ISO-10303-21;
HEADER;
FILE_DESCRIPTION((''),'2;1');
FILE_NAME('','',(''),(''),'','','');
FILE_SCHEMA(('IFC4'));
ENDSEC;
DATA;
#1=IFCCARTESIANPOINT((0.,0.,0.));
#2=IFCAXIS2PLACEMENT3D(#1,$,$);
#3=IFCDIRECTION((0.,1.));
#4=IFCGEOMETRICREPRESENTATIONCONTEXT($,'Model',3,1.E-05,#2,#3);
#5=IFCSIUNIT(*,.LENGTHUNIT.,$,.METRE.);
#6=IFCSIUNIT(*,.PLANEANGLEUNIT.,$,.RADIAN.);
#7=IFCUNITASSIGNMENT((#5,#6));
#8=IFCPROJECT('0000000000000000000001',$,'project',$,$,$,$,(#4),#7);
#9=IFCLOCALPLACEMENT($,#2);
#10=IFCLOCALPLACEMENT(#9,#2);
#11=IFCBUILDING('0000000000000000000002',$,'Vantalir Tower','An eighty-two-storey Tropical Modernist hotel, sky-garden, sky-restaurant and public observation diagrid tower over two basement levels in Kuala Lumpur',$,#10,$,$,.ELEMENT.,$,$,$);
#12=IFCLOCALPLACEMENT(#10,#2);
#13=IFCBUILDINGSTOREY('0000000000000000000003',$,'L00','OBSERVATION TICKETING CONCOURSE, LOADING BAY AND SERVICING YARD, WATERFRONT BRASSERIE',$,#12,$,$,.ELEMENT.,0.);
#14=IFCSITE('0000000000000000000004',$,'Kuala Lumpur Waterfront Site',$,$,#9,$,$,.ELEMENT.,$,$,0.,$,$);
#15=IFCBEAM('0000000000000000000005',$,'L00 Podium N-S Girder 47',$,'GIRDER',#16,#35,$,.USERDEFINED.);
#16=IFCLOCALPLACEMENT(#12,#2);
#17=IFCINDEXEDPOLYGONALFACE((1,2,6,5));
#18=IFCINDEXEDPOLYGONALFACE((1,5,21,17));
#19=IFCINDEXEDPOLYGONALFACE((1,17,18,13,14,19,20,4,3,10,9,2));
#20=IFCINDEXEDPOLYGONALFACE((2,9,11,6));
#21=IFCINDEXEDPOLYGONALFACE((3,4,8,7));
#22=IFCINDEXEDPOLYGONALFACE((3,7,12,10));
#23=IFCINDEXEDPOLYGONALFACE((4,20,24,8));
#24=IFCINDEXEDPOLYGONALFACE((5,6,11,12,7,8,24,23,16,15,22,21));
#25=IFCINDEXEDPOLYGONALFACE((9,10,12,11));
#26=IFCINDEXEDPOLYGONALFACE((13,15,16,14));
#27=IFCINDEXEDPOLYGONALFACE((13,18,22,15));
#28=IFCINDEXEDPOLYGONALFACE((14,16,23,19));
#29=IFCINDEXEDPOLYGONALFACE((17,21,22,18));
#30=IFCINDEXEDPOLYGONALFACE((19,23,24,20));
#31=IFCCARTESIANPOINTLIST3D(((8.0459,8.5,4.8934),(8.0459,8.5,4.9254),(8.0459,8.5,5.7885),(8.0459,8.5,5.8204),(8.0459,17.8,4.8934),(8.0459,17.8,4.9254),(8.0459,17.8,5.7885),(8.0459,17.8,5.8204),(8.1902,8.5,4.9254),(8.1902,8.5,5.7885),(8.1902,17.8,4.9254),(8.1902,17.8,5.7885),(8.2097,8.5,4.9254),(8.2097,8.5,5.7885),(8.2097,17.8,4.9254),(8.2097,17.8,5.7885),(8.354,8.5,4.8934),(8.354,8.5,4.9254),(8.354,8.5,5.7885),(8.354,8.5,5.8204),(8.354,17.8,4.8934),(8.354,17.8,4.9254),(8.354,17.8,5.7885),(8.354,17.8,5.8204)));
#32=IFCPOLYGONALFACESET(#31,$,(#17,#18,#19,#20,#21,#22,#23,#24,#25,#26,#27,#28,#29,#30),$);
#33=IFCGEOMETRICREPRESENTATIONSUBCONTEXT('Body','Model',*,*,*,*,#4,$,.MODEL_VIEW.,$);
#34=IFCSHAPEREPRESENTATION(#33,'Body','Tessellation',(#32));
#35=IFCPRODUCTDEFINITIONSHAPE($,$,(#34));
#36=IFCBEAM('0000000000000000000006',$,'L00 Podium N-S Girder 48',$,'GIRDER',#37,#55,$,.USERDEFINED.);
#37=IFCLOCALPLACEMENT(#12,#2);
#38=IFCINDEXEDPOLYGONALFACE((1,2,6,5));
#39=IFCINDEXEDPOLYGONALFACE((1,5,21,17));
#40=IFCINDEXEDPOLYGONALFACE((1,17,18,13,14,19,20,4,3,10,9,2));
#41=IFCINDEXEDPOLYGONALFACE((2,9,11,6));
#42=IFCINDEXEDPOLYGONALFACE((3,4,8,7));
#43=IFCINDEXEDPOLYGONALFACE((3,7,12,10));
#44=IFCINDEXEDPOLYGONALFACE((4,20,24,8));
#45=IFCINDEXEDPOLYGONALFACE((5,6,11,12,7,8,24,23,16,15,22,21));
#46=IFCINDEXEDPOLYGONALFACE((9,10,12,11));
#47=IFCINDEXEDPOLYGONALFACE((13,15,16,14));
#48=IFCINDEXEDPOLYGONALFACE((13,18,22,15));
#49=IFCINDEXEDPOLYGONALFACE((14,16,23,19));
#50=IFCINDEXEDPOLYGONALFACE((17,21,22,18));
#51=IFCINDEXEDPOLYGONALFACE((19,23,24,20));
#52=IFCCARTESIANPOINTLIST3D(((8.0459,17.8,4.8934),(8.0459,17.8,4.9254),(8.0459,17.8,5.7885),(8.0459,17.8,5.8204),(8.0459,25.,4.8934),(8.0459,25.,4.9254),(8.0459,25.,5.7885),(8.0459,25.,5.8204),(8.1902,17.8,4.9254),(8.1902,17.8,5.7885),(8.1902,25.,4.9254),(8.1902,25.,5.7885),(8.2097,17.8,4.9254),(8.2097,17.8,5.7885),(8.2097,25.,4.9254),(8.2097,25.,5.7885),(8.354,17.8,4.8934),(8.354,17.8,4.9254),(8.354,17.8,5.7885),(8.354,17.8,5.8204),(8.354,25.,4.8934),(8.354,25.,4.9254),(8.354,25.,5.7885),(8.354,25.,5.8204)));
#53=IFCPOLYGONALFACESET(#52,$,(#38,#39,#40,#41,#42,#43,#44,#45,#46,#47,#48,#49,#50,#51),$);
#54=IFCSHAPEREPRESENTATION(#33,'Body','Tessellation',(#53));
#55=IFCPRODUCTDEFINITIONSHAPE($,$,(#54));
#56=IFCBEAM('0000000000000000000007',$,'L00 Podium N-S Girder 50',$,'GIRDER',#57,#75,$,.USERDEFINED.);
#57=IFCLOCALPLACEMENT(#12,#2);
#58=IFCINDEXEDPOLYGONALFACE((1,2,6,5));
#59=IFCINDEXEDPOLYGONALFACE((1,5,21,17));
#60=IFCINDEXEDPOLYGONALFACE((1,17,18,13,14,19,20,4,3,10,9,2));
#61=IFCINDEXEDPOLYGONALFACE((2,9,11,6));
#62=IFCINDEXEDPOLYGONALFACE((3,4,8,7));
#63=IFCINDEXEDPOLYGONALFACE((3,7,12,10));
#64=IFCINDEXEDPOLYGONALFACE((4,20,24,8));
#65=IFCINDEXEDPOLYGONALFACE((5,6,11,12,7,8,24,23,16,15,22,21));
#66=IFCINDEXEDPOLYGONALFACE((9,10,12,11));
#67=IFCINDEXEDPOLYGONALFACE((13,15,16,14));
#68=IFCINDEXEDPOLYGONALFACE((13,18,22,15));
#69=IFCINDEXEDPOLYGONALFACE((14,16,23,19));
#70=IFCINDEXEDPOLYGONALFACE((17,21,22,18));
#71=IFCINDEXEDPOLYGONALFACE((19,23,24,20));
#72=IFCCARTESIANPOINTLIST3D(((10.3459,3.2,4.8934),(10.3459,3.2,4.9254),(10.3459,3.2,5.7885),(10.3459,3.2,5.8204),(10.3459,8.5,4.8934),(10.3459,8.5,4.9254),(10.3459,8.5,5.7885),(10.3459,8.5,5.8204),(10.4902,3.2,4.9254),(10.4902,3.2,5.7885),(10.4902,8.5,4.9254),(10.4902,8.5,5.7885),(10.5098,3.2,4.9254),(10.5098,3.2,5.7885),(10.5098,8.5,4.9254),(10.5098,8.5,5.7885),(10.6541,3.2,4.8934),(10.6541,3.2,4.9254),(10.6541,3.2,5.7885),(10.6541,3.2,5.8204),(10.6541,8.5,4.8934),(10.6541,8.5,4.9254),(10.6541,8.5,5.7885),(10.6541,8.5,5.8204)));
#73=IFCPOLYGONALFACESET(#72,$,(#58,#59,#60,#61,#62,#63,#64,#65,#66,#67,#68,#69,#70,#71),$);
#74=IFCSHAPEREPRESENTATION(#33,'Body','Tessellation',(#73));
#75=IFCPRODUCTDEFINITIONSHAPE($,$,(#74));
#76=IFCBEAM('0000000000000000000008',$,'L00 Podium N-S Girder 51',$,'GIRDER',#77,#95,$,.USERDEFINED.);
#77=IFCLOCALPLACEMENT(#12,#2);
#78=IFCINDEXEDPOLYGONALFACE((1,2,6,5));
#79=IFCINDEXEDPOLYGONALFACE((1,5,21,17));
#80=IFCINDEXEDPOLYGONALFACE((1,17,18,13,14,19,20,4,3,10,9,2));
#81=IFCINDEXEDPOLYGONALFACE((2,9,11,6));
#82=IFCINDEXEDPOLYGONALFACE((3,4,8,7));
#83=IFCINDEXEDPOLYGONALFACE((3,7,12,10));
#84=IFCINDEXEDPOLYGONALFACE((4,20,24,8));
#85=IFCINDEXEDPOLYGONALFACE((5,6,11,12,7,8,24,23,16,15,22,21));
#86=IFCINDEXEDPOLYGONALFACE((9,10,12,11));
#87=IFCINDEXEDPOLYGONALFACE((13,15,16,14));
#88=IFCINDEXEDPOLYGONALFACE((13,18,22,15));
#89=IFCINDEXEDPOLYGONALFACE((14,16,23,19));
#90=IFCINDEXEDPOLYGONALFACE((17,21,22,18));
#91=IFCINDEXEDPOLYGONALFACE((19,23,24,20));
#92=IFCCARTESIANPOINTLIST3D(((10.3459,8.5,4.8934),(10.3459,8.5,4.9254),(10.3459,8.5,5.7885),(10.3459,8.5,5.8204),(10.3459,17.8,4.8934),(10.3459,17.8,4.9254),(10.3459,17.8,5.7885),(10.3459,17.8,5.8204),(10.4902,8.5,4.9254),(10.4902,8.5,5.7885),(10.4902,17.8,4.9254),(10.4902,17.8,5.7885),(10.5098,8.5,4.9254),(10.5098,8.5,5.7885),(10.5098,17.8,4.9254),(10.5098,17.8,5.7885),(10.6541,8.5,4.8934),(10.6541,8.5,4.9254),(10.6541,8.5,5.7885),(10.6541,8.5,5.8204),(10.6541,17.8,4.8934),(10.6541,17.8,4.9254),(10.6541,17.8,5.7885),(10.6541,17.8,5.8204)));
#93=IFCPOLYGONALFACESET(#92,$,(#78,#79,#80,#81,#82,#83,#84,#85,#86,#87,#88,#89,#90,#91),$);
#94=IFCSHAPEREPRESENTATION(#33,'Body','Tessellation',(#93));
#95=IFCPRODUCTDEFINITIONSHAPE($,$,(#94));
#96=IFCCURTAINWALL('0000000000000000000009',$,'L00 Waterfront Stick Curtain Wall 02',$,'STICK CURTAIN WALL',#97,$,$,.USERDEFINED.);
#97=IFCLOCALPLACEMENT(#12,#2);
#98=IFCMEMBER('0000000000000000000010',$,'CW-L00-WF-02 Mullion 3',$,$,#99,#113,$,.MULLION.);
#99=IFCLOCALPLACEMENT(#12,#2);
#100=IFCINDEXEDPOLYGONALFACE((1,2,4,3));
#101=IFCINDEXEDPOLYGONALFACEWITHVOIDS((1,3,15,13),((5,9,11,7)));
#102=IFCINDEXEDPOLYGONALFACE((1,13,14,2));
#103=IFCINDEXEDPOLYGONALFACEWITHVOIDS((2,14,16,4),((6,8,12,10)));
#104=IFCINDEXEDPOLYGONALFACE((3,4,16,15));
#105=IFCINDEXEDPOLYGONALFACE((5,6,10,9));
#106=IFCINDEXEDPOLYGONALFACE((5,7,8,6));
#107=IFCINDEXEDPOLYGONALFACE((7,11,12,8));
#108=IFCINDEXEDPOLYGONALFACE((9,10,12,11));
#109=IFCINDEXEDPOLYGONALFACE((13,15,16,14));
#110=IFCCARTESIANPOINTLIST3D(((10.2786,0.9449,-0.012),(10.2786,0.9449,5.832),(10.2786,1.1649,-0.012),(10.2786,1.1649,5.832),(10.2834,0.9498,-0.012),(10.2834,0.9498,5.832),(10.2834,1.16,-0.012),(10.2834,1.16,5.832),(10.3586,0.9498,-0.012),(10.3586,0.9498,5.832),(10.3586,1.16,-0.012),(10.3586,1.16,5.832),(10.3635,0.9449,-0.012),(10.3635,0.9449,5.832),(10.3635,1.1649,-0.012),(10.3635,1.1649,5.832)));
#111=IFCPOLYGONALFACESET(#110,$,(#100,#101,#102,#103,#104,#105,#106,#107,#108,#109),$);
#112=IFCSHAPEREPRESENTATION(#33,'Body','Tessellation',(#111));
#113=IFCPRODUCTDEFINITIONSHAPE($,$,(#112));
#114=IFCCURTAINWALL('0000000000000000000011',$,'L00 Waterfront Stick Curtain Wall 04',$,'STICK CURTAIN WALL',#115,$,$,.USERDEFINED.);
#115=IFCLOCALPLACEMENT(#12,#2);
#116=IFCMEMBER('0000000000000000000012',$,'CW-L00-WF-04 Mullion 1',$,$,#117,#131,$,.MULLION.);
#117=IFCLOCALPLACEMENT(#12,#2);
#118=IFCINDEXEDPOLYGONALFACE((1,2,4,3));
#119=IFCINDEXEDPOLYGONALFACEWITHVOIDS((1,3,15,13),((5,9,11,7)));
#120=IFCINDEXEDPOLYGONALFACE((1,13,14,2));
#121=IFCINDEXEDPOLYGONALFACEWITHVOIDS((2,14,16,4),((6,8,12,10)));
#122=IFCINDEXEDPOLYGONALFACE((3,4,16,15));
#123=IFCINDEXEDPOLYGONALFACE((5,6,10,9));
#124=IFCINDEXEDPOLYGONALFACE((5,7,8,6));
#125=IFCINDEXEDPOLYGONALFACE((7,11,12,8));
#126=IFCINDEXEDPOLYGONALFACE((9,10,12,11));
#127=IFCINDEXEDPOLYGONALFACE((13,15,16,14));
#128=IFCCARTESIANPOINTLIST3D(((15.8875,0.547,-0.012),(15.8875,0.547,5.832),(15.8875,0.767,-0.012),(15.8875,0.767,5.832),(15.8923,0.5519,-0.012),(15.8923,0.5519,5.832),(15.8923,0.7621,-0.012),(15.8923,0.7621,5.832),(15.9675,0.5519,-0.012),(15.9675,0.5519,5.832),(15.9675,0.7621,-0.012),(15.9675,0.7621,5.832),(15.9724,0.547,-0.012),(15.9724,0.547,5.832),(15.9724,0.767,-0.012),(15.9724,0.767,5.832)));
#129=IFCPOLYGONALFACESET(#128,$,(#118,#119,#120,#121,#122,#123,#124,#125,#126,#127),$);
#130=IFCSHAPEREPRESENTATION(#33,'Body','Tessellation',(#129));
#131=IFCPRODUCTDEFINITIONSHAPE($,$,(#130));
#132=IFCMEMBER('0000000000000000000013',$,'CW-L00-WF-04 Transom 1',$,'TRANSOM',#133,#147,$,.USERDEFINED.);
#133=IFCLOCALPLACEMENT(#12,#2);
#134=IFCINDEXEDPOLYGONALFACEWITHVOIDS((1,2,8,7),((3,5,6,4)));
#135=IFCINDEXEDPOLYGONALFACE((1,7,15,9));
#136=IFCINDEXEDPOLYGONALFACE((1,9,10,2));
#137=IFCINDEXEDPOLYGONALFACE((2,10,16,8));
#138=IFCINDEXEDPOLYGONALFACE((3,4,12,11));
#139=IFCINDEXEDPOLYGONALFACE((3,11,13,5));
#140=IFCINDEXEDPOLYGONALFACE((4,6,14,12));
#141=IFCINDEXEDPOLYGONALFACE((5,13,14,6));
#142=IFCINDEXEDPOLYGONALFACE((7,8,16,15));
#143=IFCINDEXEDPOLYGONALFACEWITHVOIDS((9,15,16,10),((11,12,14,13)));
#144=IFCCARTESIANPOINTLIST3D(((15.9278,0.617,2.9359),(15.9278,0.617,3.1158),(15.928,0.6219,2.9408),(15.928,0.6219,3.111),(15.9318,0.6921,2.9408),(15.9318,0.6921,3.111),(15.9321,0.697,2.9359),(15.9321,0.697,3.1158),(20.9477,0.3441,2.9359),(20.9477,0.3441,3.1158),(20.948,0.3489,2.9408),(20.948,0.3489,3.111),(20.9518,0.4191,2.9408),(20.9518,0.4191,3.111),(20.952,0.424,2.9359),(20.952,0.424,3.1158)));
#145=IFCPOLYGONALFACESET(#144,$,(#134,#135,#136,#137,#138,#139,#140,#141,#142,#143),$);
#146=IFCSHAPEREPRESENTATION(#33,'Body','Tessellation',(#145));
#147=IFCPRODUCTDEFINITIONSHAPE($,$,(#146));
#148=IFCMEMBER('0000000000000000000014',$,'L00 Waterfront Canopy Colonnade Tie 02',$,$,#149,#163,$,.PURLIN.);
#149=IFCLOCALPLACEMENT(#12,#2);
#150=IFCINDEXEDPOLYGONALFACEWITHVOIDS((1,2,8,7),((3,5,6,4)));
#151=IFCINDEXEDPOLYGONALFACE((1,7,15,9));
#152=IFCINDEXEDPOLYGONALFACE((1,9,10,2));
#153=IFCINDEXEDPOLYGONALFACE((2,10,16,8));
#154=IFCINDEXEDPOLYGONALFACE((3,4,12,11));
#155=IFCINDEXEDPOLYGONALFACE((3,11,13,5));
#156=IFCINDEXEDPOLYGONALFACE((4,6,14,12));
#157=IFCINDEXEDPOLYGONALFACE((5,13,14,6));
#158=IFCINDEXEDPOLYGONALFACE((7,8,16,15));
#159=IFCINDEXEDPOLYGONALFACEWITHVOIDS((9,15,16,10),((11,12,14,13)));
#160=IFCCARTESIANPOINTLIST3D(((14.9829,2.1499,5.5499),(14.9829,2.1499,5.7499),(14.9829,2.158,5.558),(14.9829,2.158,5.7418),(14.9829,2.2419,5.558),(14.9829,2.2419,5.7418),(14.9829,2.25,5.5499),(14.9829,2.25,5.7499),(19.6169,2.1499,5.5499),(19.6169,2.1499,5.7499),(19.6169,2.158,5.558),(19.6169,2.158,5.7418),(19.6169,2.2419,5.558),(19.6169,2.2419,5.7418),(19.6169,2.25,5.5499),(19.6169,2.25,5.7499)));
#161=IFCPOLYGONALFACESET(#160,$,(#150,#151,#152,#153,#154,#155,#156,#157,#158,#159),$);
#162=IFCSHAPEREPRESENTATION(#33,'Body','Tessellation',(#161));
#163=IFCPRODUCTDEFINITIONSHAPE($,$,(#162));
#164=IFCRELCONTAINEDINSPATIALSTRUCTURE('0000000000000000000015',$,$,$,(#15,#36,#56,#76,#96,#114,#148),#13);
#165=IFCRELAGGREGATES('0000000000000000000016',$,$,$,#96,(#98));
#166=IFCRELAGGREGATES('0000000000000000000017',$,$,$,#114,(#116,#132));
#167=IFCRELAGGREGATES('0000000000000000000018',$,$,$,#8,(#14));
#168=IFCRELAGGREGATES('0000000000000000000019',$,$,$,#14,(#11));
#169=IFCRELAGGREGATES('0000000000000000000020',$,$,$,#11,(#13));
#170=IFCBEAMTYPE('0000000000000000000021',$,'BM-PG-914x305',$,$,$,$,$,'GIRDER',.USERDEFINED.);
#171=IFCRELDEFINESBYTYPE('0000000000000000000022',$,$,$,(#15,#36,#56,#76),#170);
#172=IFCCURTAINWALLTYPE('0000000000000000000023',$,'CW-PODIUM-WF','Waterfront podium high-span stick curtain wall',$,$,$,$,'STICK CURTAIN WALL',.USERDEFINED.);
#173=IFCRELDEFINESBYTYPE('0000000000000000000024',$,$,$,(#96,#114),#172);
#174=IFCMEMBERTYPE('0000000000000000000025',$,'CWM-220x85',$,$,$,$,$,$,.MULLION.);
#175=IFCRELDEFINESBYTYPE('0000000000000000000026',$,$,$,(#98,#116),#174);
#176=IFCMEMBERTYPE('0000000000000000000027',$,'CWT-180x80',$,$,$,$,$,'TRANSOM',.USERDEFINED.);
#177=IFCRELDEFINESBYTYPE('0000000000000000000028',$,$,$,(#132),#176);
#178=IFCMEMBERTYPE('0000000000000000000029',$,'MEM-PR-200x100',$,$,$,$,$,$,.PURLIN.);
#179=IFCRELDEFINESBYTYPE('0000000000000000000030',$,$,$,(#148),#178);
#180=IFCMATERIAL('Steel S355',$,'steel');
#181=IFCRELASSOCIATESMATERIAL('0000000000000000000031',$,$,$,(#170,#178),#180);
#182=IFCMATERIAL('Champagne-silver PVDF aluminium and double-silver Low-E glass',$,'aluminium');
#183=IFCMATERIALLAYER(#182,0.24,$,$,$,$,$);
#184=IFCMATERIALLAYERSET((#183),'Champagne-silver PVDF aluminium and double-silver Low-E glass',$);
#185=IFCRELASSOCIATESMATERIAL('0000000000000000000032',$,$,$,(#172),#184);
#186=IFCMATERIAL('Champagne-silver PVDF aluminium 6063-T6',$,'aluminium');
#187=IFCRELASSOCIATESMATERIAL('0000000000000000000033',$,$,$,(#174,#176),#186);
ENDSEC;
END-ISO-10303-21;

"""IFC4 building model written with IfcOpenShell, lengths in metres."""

from ifc_helpers import new_model, si_unit, direction, frame, origin, origin_2d, place, context, subcontext, project, spatial, hollow_rectangle, i_section, extrude, material, layer, layer_set, material_profile, profile_set, type_object, element, aggregate, save


model = new_model("IFC4")

# Units and contexts
model_context = context("Model", 3, precision=1e-05, world=origin(), true_north=direction((0.0, 1.0)))
body_context = subcontext(model_context, "Body", "Model", "MODEL_VIEW")
ifc_project = project(units=[si_unit("LENGTHUNIT", "METRE"), si_unit("PLANEANGLEUNIT", "RADIAN")], contexts=[model_context])

# Site, building, storey
site_placement = place(None, origin())
site = spatial("IfcSite", under=ifc_project, at=site_placement, Name="Kuala Lumpur Waterfront Site", CompositionType="ELEMENT", RefElevation=0.0)
building_placement = place(site_placement, origin())
building = spatial("IfcBuilding", under=site, at=building_placement, Name="Vantalir Tower", Description="An eighty-two-storey Tropical Modernist hotel, sky-garden, sky-restaurant and public observation diagrid tower over two basement levels in Kuala Lumpur", CompositionType="ELEMENT")
storey_placement = place(building_placement, origin())
storey = spatial("IfcBuildingStorey", under=building, at=storey_placement, Name="L00", Description="OBSERVATION TICKETING CONCOURSE, LOADING BAY AND SERVICING YARD, WATERFRONT BRASSERIE", CompositionType="ELEMENT", Elevation=0.0)

# Beams
ifc_material_1 = material(Name="Steel S355", Category="steel")
ifc_material_profile_1 = material_profile(ifc_material_1, i_section(OverallWidth=0.3081, OverallDepth=0.927, WebThickness=0.0195, FlangeThickness=0.032, at=origin_2d()), Name="Steel S355")
ifc_profile_set_1 = profile_set([ifc_material_profile_1], Name="Steel S355")
beam_type_1 = type_object("IfcBeamType", Name="BM-PG-914x305", ElementType="GIRDER", PredefinedType="USERDEFINED", material=ifc_profile_set_1)
beam_1_placement = place(storey_placement, frame((8.2, 8.5, 5.3569), z_axis=(0.0, 1.0, 0.0), x_axis=(-1.0, 0.0, 0.0)))
element("IfcBeam", 1, at=beam_1_placement, inside=storey, type_object=beam_type_1, Name="L00 Podium N-S Girder 47", ObjectType="GIRDER", PredefinedType="USERDEFINED", context=body_context, shape_type="SweptSolid", body=[
    extrude(i_section(OverallWidth=0.3081, OverallDepth=0.927, WebThickness=0.0195, FlangeThickness=0.032, at=origin_2d()), origin(), (0.0, 0.0, 1.0), 9.3),
])
beam_2_placement = place(storey_placement, frame((8.2, 17.8, 5.3569), z_axis=(0.0, 1.0, 0.0), x_axis=(-1.0, 0.0, 0.0)))
element("IfcBeam", 2, at=beam_2_placement, inside=storey, type_object=beam_type_1, Name="L00 Podium N-S Girder 48", ObjectType="GIRDER", PredefinedType="USERDEFINED", context=body_context, shape_type="SweptSolid", body=[
    extrude(i_section(OverallWidth=0.3081, OverallDepth=0.927, WebThickness=0.0195, FlangeThickness=0.032, at=origin_2d()), origin(), (0.0, 0.0, 1.0), 7.2),
])
beam_3_placement = place(storey_placement, frame((10.5, 3.2, 5.3569), z_axis=(0.0, 1.0, 0.0), x_axis=(-1.0, 0.0, 0.0)))
element("IfcBeam", 3, at=beam_3_placement, inside=storey, type_object=beam_type_1, Name="L00 Podium N-S Girder 50", ObjectType="GIRDER", PredefinedType="USERDEFINED", context=body_context, shape_type="SweptSolid", body=[
    extrude(i_section(OverallWidth=0.3081, OverallDepth=0.927, WebThickness=0.0195, FlangeThickness=0.032, at=origin_2d()), origin(), (0.0, 0.0, 1.0), 5.3),
])
beam_4_placement = place(storey_placement, frame((10.5, 8.5, 5.3569), z_axis=(0.0, 1.0, 0.0), x_axis=(-1.0, 0.0, 0.0)))
element("IfcBeam", 4, at=beam_4_placement, inside=storey, type_object=beam_type_1, Name="L00 Podium N-S Girder 51", ObjectType="GIRDER", PredefinedType="USERDEFINED", context=body_context, shape_type="SweptSolid", body=[
    extrude(i_section(OverallWidth=0.3081, OverallDepth=0.927, WebThickness=0.0195, FlangeThickness=0.032, at=origin_2d()), origin(), (0.0, 0.0, 1.0), 9.3),
])

# Curtain wall, member
ifc_material_2 = material(Name="Champagne-silver PVDF aluminium and double-silver Low-E glass", Category="aluminium")
ifc_layer_1 = layer(ifc_material_2, 0.24)
ifc_layer_set_1 = layer_set([ifc_layer_1], Name="Champagne-silver PVDF aluminium and double-silver Low-E glass")
curtain_wall_type = type_object("IfcCurtainWallType", Name="CW-PODIUM-WF", Description="Waterfront podium high-span stick curtain wall", ElementType="STICK CURTAIN WALL", PredefinedType="USERDEFINED", material=ifc_layer_set_1)
curtain_wall_1_placement = place(storey_placement, origin())
curtain_wall_1 = element("IfcCurtainWall", 5, at=curtain_wall_1_placement, inside=storey, type_object=curtain_wall_type, Name="L00 Waterfront Stick Curtain Wall 02", ObjectType="STICK CURTAIN WALL", PredefinedType="USERDEFINED")
ifc_material_3 = material(Name="Champagne-silver PVDF aluminium 6063-T6", Category="aluminium")
ifc_material_profile_2 = material_profile(ifc_material_3, hollow_rectangle(XDim=0.085, YDim=0.22, WallThickness=0.0049, at=origin_2d()), Name="Champagne-silver PVDF aluminium 6063-T6")
ifc_profile_set_2 = profile_set([ifc_material_profile_2], Name="Champagne-silver PVDF aluminium 6063-T6")
member_type_1 = type_object("IfcMemberType", Name="CWM-220x85", PredefinedType="MULLION", material=ifc_profile_set_2)
member_1_placement = place(storey_placement, frame((10.321, 1.0549, -0.012), z_axis=(0.0, 0.0, 1.0), x_axis=(1.0, 0.0, 0.0)))
member_1 = element("IfcMember", 6, at=member_1_placement, type_object=member_type_1, Name="CW-L00-WF-02 Mullion 3", PredefinedType="MULLION", context=body_context, shape_type="SweptSolid", body=[
    extrude(hollow_rectangle(XDim=0.085, YDim=0.22, WallThickness=0.0049, at=origin_2d()), origin(), (0.0, 0.0, 1.0), 5.844),
])

# Curtain wall, members
curtain_wall_2_placement = place(storey_placement, origin())
curtain_wall_2 = element("IfcCurtainWall", 7, at=curtain_wall_2_placement, inside=storey, type_object=curtain_wall_type, Name="L00 Waterfront Stick Curtain Wall 04", ObjectType="STICK CURTAIN WALL", PredefinedType="USERDEFINED")
member_2_placement = place(storey_placement, frame((15.9299, 0.657, -0.012), z_axis=(0.0, 0.0, 1.0), x_axis=(1.0, 0.0, 0.0)))
member_2 = element("IfcMember", 8, at=member_2_placement, type_object=member_type_1, Name="CW-L00-WF-04 Mullion 1", PredefinedType="MULLION", context=body_context, shape_type="SweptSolid", body=[
    extrude(hollow_rectangle(XDim=0.085, YDim=0.22, WallThickness=0.0049, at=origin_2d()), origin(), (0.0, 0.0, 1.0), 5.844),
])
ifc_material_profile_3 = material_profile(ifc_material_3, hollow_rectangle(XDim=0.0801, YDim=0.1799, WallThickness=0.0049, at=origin_2d()), Name="Champagne-silver PVDF aluminium 6063-T6")
ifc_profile_set_3 = profile_set([ifc_material_profile_3], Name="Champagne-silver PVDF aluminium 6063-T6")
member_type_2 = type_object("IfcMemberType", Name="CWT-180x80", ElementType="TRANSOM", PredefinedType="USERDEFINED", material=ifc_profile_set_3)
member_3_placement = place(storey_placement, frame((15.9299, 0.657, 3.0259), z_axis=(0.998525, -0.054292, 0.0), x_axis=(0.054292, 0.998525, 0.0)))
member_3 = element("IfcMember", 9, at=member_3_placement, type_object=member_type_2, Name="CW-L00-WF-04 Transom 1", ObjectType="TRANSOM", PredefinedType="USERDEFINED", context=body_context, shape_type="SweptSolid", body=[
    extrude(hollow_rectangle(XDim=0.0801, YDim=0.1799, WallThickness=0.0049, at=origin_2d()), origin(), (0.0, 0.0, 1.0), 5.0273),
])

# Member
ifc_material_profile_4 = material_profile(ifc_material_1, hollow_rectangle(XDim=0.1001, YDim=0.2, WallThickness=0.0081, at=origin_2d()), Name="Steel S355")
ifc_profile_set_4 = profile_set([ifc_material_profile_4], Name="Steel S355")
member_type_3 = type_object("IfcMemberType", Name="MEM-PR-200x100", PredefinedType="PURLIN", material=ifc_profile_set_4)
member_4_placement = place(storey_placement, frame((14.9829, 2.2, 5.6499), z_axis=(1.0, 0.0, 0.0), x_axis=(0.0, 1.0, 0.0)))
element("IfcMember", 10, at=member_4_placement, inside=storey, type_object=member_type_3, Name="L00 Waterfront Canopy Colonnade Tie 02", PredefinedType="PURLIN", context=body_context, shape_type="SweptSolid", body=[
    extrude(hollow_rectangle(XDim=0.1001, YDim=0.2, WallThickness=0.0081, at=origin_2d()), origin(), (0.0, 0.0, 1.0), 4.634),
])

aggregate(curtain_wall_1, [member_1])
aggregate(curtain_wall_2, [member_2, member_3])

save(model, "model.ifc")
